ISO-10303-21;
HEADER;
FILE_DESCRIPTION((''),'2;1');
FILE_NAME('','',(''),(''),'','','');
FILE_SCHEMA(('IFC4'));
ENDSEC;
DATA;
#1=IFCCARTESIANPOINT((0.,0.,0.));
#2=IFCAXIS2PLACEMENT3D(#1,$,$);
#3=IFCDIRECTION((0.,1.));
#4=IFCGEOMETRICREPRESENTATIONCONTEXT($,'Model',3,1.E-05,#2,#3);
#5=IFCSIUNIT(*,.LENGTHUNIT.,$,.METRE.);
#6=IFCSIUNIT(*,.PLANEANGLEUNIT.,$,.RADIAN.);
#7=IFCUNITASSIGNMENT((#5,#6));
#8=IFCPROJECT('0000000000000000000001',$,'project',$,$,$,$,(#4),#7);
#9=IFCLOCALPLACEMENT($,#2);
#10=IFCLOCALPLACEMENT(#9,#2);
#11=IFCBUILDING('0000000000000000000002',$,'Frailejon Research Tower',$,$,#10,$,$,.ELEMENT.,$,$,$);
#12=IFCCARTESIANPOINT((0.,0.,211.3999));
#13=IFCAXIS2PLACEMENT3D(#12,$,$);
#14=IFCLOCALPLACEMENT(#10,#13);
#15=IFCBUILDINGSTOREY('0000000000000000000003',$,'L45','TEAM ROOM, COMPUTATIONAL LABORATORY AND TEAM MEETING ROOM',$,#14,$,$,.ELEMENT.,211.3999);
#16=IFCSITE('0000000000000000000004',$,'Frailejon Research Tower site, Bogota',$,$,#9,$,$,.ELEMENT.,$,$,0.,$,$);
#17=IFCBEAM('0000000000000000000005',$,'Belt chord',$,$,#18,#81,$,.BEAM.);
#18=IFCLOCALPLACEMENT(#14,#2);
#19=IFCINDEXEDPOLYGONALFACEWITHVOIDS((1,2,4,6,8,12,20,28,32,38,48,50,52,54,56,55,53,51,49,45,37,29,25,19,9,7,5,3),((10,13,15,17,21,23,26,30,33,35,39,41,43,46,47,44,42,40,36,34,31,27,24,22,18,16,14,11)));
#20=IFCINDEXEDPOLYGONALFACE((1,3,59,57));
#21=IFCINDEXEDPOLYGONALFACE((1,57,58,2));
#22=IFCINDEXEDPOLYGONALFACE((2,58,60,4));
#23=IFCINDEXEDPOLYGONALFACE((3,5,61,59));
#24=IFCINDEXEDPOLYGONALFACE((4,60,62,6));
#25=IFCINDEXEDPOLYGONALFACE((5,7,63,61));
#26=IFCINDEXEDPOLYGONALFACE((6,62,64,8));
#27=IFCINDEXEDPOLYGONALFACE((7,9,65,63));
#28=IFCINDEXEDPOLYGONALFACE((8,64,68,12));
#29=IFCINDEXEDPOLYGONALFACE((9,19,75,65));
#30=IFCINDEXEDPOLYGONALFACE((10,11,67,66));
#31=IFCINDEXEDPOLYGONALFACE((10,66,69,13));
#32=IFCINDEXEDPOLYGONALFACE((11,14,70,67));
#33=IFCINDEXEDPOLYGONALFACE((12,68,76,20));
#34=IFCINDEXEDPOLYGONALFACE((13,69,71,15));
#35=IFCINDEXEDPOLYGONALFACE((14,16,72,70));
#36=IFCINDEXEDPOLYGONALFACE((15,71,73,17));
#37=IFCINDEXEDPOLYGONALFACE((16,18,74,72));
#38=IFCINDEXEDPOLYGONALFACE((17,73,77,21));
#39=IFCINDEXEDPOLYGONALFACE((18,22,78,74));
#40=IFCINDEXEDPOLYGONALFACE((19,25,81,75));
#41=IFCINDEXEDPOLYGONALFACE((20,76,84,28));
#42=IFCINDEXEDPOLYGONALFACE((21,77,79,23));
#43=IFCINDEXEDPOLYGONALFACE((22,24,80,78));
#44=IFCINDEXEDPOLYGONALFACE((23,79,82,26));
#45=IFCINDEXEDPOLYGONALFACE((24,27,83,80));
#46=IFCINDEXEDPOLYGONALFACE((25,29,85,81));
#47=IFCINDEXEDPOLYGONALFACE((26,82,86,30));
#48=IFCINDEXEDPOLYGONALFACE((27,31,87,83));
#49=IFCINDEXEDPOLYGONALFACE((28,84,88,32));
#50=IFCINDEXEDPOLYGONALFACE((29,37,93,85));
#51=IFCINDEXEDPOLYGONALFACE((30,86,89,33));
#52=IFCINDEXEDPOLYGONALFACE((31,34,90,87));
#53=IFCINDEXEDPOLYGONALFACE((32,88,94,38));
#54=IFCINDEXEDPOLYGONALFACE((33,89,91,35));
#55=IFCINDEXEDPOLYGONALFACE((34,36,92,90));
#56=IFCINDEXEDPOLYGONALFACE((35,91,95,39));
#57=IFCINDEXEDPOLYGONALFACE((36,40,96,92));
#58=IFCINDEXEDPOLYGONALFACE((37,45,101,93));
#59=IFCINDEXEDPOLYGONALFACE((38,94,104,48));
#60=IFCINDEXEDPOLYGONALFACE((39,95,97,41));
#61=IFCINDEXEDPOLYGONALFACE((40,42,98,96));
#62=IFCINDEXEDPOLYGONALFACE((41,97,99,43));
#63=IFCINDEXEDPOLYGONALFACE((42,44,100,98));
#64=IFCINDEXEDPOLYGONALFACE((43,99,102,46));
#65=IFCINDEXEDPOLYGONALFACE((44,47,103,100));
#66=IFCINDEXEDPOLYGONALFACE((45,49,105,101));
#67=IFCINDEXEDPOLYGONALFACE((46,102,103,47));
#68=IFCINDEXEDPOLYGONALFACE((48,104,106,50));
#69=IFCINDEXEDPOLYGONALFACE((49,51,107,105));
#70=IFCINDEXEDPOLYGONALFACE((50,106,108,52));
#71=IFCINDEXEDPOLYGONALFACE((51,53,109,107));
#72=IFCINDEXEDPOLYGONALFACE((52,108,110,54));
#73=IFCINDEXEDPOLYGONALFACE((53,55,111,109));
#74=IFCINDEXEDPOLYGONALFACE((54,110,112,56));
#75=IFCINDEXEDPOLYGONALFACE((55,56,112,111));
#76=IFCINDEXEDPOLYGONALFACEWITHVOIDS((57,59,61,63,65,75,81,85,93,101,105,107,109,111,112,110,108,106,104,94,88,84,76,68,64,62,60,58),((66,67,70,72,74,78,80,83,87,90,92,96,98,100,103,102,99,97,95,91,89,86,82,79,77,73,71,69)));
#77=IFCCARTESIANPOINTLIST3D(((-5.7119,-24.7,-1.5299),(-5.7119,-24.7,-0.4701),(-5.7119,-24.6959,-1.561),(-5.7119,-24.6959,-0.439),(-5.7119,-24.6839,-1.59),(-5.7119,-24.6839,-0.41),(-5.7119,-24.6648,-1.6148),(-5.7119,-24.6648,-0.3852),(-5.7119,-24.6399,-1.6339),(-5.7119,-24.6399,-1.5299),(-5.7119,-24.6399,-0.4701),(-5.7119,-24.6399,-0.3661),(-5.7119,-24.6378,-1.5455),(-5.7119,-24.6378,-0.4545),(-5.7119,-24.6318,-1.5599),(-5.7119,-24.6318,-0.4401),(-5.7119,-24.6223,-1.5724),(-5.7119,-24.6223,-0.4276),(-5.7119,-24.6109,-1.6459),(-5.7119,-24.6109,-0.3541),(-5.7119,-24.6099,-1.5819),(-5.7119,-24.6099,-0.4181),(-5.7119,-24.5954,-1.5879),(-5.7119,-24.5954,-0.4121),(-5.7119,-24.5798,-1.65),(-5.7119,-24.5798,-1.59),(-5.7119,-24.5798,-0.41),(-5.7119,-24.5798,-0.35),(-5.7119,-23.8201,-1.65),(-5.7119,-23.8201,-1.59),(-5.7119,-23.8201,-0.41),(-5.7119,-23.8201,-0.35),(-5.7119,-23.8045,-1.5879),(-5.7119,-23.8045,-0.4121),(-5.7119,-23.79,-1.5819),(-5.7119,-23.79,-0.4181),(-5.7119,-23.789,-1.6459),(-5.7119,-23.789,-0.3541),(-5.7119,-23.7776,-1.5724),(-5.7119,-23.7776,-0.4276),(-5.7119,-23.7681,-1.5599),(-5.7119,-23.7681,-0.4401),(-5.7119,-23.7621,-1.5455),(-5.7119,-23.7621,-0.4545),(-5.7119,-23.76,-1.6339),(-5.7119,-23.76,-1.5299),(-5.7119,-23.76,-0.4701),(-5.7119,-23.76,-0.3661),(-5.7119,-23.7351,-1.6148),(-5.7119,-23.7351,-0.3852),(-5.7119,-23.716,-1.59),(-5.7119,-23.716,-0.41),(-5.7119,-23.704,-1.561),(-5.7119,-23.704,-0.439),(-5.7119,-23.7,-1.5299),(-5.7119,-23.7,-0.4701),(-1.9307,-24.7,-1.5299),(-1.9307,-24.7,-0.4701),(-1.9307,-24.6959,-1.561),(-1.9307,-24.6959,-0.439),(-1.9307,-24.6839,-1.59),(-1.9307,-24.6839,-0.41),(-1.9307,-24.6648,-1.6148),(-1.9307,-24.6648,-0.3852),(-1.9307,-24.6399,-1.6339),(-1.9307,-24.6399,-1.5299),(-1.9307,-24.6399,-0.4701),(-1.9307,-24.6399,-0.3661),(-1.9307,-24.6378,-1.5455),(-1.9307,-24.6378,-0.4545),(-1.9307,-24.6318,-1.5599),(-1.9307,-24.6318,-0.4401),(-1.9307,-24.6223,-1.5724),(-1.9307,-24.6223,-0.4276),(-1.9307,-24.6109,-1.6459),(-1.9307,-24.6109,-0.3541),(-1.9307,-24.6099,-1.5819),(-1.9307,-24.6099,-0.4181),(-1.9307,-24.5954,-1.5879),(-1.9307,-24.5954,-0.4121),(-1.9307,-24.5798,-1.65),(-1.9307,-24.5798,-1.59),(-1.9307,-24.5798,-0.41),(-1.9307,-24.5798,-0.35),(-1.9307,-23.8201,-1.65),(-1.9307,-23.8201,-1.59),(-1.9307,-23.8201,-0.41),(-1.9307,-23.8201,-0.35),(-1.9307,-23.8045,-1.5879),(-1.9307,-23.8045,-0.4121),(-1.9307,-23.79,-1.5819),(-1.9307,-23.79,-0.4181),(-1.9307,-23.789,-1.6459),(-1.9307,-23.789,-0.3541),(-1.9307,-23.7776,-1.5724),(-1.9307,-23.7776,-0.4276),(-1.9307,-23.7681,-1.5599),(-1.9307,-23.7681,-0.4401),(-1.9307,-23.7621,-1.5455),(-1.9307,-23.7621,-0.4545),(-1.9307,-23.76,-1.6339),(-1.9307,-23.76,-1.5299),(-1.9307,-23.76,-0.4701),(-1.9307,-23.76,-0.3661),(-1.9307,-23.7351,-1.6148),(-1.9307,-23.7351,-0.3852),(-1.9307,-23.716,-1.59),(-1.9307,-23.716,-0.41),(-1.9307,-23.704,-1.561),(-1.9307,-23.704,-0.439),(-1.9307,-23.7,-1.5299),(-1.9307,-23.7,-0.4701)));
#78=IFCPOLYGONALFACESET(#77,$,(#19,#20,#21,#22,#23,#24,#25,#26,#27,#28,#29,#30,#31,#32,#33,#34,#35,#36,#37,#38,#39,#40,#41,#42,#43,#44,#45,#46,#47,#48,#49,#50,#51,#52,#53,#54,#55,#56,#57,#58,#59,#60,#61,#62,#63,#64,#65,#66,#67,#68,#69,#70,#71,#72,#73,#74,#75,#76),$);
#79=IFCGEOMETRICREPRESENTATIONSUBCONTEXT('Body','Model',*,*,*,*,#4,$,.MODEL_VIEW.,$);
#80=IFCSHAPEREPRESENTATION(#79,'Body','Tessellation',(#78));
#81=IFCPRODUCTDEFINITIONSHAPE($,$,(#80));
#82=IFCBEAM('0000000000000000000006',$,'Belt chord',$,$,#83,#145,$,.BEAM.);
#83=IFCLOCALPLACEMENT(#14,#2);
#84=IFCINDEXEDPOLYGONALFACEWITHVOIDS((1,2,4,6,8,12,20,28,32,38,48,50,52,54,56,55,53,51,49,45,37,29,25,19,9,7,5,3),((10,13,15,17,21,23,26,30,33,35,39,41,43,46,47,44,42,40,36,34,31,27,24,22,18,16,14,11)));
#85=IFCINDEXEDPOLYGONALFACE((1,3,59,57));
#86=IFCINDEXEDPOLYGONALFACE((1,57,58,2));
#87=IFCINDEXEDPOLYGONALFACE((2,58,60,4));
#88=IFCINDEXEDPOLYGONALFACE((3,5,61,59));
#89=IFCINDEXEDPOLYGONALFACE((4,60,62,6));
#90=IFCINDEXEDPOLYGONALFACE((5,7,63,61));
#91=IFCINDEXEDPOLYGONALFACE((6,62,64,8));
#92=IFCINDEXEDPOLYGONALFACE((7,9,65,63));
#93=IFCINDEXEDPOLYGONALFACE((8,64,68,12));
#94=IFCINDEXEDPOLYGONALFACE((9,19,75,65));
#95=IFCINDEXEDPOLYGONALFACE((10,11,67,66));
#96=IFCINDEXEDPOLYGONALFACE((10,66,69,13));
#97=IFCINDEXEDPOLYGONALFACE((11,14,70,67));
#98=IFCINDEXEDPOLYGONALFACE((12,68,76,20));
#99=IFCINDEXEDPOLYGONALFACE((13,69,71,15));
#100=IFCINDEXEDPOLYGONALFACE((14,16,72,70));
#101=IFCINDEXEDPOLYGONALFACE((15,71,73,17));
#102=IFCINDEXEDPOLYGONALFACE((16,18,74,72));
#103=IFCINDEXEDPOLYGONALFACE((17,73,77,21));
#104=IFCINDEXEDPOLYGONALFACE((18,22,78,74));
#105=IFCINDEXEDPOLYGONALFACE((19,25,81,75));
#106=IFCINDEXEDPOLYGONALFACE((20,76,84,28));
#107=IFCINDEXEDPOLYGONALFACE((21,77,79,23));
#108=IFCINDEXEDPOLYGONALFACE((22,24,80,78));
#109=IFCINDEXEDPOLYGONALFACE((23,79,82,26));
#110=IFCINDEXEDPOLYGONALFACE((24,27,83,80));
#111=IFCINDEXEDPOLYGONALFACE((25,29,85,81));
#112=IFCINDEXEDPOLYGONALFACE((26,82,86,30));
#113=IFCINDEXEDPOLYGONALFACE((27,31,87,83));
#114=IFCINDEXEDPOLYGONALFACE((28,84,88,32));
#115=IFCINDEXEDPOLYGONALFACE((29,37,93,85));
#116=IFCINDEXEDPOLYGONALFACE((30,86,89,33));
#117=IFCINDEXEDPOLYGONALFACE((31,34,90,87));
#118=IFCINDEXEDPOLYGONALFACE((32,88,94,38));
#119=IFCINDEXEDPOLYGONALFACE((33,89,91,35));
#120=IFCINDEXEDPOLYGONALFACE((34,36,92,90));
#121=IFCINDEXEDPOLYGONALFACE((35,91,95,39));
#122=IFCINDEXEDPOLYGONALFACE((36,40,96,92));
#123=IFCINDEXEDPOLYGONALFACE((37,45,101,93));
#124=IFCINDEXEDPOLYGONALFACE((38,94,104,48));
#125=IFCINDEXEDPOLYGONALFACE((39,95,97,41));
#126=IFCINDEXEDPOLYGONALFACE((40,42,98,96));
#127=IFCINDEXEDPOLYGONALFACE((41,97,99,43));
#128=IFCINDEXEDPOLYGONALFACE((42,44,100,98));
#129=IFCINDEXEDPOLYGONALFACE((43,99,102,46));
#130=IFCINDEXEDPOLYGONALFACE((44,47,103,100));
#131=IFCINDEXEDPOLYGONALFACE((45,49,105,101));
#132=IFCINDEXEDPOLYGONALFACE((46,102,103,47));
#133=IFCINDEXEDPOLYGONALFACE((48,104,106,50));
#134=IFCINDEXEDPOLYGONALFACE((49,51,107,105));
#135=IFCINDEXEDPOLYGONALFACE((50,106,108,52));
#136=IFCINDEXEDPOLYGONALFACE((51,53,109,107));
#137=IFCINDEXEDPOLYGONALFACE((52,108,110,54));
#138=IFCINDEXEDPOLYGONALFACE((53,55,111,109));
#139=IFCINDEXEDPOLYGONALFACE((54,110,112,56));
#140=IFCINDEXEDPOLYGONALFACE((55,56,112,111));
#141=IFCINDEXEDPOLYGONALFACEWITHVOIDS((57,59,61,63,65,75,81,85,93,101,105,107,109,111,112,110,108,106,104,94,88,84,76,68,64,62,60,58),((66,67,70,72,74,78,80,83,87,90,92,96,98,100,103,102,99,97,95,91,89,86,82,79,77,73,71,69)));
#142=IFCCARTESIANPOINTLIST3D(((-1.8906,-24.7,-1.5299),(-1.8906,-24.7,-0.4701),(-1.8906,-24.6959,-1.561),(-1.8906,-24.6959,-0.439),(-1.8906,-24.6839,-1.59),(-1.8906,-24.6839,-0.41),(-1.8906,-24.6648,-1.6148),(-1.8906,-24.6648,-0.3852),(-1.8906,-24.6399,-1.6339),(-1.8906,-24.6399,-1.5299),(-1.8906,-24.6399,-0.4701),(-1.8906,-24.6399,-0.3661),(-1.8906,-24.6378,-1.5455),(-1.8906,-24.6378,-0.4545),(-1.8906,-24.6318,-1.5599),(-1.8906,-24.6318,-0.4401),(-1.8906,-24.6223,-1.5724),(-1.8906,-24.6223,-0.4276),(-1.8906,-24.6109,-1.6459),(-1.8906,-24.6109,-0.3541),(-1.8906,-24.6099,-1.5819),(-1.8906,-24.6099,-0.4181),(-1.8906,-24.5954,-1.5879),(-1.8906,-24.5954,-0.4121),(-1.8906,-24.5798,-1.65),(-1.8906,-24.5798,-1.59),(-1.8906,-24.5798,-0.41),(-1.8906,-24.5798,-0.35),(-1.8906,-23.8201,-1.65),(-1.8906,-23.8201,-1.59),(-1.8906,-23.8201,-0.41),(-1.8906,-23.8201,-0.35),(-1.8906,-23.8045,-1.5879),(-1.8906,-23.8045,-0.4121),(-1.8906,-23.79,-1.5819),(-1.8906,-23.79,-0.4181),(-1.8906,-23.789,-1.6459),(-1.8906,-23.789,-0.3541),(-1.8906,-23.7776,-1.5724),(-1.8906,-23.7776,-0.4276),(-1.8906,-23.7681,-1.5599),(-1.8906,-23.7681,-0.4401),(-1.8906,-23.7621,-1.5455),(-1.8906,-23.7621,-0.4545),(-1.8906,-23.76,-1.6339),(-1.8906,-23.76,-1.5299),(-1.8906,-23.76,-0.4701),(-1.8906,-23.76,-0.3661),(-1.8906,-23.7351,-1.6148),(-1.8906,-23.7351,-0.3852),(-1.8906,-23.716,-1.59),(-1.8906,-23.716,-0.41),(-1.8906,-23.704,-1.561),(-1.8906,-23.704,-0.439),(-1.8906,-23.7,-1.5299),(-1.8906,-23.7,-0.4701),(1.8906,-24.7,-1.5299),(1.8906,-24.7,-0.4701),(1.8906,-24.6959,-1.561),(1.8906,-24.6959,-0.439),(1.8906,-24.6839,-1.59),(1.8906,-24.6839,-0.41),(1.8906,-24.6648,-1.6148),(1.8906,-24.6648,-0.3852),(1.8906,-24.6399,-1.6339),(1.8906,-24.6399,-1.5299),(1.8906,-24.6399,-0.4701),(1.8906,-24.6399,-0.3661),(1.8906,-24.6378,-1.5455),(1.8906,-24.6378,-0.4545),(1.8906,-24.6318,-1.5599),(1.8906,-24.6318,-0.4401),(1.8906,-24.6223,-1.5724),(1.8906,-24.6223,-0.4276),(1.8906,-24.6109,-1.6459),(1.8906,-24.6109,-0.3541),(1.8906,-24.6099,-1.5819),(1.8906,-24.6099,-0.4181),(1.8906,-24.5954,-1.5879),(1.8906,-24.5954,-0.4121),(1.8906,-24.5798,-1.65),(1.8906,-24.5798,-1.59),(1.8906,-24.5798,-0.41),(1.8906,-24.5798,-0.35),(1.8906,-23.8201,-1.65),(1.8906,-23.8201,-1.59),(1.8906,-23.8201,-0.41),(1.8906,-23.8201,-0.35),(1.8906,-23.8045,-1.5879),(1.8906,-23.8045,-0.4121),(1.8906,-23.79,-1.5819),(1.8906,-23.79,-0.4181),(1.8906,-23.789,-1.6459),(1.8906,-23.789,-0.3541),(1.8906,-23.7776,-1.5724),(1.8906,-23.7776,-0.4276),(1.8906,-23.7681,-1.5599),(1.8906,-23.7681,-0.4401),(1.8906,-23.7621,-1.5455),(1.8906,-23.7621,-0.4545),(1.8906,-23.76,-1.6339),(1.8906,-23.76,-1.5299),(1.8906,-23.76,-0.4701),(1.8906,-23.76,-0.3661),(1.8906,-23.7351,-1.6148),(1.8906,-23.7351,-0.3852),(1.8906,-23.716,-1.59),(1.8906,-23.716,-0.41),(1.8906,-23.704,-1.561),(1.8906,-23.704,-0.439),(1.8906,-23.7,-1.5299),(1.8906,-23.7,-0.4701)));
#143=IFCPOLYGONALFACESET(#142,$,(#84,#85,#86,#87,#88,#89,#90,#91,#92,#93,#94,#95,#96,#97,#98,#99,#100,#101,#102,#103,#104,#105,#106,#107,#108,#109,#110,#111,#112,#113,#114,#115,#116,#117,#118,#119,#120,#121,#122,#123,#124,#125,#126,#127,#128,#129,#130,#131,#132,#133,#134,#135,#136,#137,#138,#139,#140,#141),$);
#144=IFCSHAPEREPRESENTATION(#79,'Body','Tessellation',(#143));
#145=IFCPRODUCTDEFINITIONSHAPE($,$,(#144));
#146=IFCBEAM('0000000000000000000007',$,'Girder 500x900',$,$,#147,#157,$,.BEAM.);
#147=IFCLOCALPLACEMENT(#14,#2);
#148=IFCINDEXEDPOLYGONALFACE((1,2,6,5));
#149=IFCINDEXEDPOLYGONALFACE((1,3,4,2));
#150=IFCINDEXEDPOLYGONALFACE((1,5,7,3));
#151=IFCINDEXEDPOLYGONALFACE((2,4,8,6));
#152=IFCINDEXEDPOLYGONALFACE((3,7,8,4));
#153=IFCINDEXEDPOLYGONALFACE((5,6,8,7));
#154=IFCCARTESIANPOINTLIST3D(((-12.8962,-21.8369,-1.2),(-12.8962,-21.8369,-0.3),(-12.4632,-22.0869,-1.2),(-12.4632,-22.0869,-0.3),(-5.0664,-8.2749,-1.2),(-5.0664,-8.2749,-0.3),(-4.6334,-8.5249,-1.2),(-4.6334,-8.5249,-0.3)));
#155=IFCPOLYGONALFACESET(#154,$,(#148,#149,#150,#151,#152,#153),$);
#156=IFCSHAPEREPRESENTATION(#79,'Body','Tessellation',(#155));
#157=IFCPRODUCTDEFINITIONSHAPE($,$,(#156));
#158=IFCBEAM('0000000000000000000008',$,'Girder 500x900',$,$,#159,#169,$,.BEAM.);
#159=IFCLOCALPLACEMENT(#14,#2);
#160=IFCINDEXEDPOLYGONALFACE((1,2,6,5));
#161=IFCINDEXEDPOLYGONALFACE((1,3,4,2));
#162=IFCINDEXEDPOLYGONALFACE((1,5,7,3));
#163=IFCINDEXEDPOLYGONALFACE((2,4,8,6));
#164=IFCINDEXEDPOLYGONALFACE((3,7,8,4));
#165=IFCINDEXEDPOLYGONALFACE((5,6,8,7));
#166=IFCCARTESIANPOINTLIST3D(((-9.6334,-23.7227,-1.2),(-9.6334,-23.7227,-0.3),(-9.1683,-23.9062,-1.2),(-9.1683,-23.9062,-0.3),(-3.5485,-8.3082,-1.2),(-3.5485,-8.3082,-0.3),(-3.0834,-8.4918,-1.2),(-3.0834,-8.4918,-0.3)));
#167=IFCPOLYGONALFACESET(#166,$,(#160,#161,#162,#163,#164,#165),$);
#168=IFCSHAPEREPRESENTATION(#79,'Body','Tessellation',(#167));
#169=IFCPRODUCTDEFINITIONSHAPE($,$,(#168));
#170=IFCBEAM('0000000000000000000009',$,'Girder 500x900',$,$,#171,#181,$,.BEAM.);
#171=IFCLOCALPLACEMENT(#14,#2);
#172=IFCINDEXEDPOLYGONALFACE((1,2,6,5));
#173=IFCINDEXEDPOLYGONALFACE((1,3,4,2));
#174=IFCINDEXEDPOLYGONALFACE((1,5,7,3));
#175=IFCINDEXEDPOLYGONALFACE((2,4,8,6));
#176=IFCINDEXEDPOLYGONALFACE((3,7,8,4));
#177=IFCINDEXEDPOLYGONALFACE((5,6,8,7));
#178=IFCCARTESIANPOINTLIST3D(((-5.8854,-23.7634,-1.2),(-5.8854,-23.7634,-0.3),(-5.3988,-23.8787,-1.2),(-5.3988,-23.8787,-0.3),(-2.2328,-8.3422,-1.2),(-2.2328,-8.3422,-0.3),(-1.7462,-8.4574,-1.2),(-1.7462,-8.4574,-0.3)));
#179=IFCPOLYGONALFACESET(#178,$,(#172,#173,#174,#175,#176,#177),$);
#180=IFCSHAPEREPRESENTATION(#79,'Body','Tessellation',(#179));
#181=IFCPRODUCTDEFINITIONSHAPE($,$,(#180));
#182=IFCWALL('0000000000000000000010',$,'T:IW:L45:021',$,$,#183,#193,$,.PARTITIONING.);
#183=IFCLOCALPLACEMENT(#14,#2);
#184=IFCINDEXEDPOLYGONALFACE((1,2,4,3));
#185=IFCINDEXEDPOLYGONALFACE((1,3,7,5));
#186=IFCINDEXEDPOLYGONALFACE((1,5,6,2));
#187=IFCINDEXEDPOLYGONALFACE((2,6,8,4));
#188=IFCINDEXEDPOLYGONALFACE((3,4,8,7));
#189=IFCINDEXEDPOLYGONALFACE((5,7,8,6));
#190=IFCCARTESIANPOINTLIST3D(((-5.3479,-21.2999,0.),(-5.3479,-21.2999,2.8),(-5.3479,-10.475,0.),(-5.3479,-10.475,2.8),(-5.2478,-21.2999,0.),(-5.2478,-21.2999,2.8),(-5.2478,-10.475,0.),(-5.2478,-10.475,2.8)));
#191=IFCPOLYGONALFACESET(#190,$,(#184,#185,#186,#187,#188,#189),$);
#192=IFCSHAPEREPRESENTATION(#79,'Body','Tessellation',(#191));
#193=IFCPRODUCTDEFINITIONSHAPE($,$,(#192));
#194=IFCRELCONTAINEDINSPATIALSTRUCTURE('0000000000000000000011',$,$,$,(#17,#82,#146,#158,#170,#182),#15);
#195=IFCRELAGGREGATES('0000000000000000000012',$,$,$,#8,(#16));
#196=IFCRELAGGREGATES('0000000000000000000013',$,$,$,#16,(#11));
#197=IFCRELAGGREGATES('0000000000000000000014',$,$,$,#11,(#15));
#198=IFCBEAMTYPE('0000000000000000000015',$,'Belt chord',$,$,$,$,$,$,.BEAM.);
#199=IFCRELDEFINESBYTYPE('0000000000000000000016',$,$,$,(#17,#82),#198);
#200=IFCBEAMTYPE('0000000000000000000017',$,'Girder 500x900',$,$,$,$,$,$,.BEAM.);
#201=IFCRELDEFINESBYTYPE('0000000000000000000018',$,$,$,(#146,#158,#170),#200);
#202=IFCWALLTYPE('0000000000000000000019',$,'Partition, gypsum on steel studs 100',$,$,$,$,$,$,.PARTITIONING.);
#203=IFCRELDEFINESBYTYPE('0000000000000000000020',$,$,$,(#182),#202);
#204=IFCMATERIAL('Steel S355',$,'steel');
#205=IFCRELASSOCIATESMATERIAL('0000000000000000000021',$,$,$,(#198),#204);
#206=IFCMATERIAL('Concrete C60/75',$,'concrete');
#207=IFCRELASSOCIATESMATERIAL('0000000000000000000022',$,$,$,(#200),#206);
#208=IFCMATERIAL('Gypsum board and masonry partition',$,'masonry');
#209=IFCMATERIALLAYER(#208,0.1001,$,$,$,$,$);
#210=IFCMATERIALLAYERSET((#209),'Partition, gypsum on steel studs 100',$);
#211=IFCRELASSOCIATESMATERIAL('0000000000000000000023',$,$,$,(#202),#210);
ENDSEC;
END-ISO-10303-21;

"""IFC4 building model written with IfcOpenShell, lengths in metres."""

from ifc_helpers import new_model, si_unit, direction, frame, frame_2d, origin, origin_2d, place, context, subcontext, project, spatial, rectangle, hollow_rectangle, extrude, material, layer, layer_set, material_profile, profile_set, type_object, element, save


model = new_model("IFC4")

# Units and contexts
model_context = context("Model", 3, precision=1e-05, world=origin(), true_north=direction((0.0, 1.0)))
body_context = subcontext(model_context, "Body", "Model", "MODEL_VIEW")
ifc_project = project(units=[si_unit("LENGTHUNIT", "METRE"), si_unit("PLANEANGLEUNIT", "RADIAN")], contexts=[model_context])

# Site, building, storey
site_placement = place(None, origin())
site = spatial("IfcSite", under=ifc_project, at=site_placement, Name="Frailejon Research Tower site, Bogota", CompositionType="ELEMENT", RefElevation=0.0)
building_placement = place(site_placement, origin())
building = spatial("IfcBuilding", under=site, at=building_placement, Name="Frailejon Research Tower", CompositionType="ELEMENT")
storey_placement = place(building_placement, frame((0.0, 0.0, 211.3999)))
storey = spatial("IfcBuildingStorey", under=building, at=storey_placement, Name="L45", Description="TEAM ROOM, COMPUTATIONAL LABORATORY AND TEAM MEETING ROOM", CompositionType="ELEMENT", Elevation=211.3999)

# Beams
ifc_material_1 = material(Name="Steel S355", Category="steel")
ifc_material_profile_1 = material_profile(ifc_material_1, hollow_rectangle(XDim=1.0, YDim=1.3, WallThickness=0.0601, InnerFilletRadius=0.0601, OuterFilletRadius=0.1201, at=origin_2d()), Name="Belt chord")
ifc_profile_set_1 = profile_set([ifc_material_profile_1], Name="Steel S355")
beam_type_1 = type_object("IfcBeamType", Name="Belt chord", PredefinedType="BEAM", material=ifc_profile_set_1)
for number, where, z_axis, x_axis, name in (
    (1, (-5.7119, -24.2, -1.0), (1.0, 0.0, 0.0), (0.0, 1.0, 0.0), "Belt chord"),
    (2, (-1.8906, -24.2, -1.0), (1.0, 0.0, 0.0), (0.0, 1.0, 0.0), "Belt chord"),
):
    element("IfcBeam", number, at=place(storey_placement, frame(where, z_axis=z_axis, x_axis=x_axis)), inside=storey, type_object=beam_type_1, Name=name, PredefinedType="BEAM", context=body_context, shape_type="SweptSolid", body=[
        extrude(hollow_rectangle(XDim=1.0, YDim=1.3, WallThickness=0.0601, InnerFilletRadius=0.0601, OuterFilletRadius=0.1201, at=origin_2d()), origin(), (0.0, 0.0, 1.0), 3.7812),
    ])
ifc_material_2 = material(Name="Concrete C60/75", Category="concrete")
ifc_material_profile_2 = material_profile(ifc_material_2, rectangle(XDim=0.5, YDim=0.8999, at=origin_2d()), Name="Girder 500x900")
ifc_profile_set_2 = profile_set([ifc_material_profile_2], Name="Concrete C60/75")
beam_type_2 = type_object("IfcBeamType", Name="Girder 500x900", PredefinedType="BEAM", material=ifc_profile_set_2)
beam_1_placement = place(storey_placement, frame((-12.6797, -21.9619, -0.75), z_axis=(0.499991, 0.866031, 0.0), x_axis=(-0.866031, 0.499991, 0.0)))
element("IfcBeam", 3, at=beam_1_placement, inside=storey, type_object=beam_type_2, Name="Girder 500x900", PredefinedType="BEAM", context=body_context, shape_type="SweptSolid", body=[
    extrude(rectangle(XDim=0.5, YDim=0.8999, at=origin_2d()), origin(), (0.0, 0.0, 1.0), 15.6599),
])
beam_2_placement = place(storey_placement, frame((-9.4009, -23.8145, -0.75), z_axis=(0.367181, 0.93015, 0.0), x_axis=(-0.93015, 0.367181, 0.0)))
element("IfcBeam", 4, at=beam_2_placement, inside=storey, type_object=beam_type_2, Name="Girder 500x900", PredefinedType="BEAM", context=body_context, shape_type="SweptSolid", body=[
    extrude(rectangle(XDim=0.5, YDim=0.8999, at=origin_2d()), origin(), (0.0, 0.0, 1.0), 16.572),
])
beam_3_placement = place(storey_placement, frame((-5.6421, -23.821, -0.75), z_axis=(0.230479, 0.973077, 0.0), x_axis=(-0.973077, 0.230479, 0.0)))
element("IfcBeam", 5, at=beam_3_placement, inside=storey, type_object=beam_type_2, Name="Girder 500x900", PredefinedType="BEAM", context=body_context, shape_type="SweptSolid", body=[
    extrude(rectangle(XDim=0.5, YDim=0.8999, at=origin_2d()), origin(), (0.0, 0.0, 1.0), 15.8479),
])

# Wall
ifc_material_3 = material(Name="Gypsum board and masonry partition", Category="masonry")
ifc_layer_1 = layer(ifc_material_3, 0.1001)
ifc_layer_set_1 = layer_set([ifc_layer_1], Name="Partition, gypsum on steel studs 100")
wall_type_1 = type_object("IfcWallType", Name="Partition, gypsum on steel studs 100", PredefinedType="PARTITIONING", material=ifc_layer_set_1)
wall_1_placement = place(storey_placement, frame((-5.2979, -21.3, 0.0), z_axis=(0.0, 0.0, 1.0), x_axis=(0.0, 1.0, 0.0)))
element("IfcWall", 6, at=wall_1_placement, inside=storey, type_object=wall_type_1, Name="T:IW:L45:021", PredefinedType="PARTITIONING", context=body_context, shape_type="SweptSolid", body=[
    extrude(rectangle(XDim=10.825, YDim=0.1001, at=frame_2d((5.4126, 0.0))), origin(), (0.0, 0.0, 1.0), 2.8),
])

save(model, "model.ifc")
